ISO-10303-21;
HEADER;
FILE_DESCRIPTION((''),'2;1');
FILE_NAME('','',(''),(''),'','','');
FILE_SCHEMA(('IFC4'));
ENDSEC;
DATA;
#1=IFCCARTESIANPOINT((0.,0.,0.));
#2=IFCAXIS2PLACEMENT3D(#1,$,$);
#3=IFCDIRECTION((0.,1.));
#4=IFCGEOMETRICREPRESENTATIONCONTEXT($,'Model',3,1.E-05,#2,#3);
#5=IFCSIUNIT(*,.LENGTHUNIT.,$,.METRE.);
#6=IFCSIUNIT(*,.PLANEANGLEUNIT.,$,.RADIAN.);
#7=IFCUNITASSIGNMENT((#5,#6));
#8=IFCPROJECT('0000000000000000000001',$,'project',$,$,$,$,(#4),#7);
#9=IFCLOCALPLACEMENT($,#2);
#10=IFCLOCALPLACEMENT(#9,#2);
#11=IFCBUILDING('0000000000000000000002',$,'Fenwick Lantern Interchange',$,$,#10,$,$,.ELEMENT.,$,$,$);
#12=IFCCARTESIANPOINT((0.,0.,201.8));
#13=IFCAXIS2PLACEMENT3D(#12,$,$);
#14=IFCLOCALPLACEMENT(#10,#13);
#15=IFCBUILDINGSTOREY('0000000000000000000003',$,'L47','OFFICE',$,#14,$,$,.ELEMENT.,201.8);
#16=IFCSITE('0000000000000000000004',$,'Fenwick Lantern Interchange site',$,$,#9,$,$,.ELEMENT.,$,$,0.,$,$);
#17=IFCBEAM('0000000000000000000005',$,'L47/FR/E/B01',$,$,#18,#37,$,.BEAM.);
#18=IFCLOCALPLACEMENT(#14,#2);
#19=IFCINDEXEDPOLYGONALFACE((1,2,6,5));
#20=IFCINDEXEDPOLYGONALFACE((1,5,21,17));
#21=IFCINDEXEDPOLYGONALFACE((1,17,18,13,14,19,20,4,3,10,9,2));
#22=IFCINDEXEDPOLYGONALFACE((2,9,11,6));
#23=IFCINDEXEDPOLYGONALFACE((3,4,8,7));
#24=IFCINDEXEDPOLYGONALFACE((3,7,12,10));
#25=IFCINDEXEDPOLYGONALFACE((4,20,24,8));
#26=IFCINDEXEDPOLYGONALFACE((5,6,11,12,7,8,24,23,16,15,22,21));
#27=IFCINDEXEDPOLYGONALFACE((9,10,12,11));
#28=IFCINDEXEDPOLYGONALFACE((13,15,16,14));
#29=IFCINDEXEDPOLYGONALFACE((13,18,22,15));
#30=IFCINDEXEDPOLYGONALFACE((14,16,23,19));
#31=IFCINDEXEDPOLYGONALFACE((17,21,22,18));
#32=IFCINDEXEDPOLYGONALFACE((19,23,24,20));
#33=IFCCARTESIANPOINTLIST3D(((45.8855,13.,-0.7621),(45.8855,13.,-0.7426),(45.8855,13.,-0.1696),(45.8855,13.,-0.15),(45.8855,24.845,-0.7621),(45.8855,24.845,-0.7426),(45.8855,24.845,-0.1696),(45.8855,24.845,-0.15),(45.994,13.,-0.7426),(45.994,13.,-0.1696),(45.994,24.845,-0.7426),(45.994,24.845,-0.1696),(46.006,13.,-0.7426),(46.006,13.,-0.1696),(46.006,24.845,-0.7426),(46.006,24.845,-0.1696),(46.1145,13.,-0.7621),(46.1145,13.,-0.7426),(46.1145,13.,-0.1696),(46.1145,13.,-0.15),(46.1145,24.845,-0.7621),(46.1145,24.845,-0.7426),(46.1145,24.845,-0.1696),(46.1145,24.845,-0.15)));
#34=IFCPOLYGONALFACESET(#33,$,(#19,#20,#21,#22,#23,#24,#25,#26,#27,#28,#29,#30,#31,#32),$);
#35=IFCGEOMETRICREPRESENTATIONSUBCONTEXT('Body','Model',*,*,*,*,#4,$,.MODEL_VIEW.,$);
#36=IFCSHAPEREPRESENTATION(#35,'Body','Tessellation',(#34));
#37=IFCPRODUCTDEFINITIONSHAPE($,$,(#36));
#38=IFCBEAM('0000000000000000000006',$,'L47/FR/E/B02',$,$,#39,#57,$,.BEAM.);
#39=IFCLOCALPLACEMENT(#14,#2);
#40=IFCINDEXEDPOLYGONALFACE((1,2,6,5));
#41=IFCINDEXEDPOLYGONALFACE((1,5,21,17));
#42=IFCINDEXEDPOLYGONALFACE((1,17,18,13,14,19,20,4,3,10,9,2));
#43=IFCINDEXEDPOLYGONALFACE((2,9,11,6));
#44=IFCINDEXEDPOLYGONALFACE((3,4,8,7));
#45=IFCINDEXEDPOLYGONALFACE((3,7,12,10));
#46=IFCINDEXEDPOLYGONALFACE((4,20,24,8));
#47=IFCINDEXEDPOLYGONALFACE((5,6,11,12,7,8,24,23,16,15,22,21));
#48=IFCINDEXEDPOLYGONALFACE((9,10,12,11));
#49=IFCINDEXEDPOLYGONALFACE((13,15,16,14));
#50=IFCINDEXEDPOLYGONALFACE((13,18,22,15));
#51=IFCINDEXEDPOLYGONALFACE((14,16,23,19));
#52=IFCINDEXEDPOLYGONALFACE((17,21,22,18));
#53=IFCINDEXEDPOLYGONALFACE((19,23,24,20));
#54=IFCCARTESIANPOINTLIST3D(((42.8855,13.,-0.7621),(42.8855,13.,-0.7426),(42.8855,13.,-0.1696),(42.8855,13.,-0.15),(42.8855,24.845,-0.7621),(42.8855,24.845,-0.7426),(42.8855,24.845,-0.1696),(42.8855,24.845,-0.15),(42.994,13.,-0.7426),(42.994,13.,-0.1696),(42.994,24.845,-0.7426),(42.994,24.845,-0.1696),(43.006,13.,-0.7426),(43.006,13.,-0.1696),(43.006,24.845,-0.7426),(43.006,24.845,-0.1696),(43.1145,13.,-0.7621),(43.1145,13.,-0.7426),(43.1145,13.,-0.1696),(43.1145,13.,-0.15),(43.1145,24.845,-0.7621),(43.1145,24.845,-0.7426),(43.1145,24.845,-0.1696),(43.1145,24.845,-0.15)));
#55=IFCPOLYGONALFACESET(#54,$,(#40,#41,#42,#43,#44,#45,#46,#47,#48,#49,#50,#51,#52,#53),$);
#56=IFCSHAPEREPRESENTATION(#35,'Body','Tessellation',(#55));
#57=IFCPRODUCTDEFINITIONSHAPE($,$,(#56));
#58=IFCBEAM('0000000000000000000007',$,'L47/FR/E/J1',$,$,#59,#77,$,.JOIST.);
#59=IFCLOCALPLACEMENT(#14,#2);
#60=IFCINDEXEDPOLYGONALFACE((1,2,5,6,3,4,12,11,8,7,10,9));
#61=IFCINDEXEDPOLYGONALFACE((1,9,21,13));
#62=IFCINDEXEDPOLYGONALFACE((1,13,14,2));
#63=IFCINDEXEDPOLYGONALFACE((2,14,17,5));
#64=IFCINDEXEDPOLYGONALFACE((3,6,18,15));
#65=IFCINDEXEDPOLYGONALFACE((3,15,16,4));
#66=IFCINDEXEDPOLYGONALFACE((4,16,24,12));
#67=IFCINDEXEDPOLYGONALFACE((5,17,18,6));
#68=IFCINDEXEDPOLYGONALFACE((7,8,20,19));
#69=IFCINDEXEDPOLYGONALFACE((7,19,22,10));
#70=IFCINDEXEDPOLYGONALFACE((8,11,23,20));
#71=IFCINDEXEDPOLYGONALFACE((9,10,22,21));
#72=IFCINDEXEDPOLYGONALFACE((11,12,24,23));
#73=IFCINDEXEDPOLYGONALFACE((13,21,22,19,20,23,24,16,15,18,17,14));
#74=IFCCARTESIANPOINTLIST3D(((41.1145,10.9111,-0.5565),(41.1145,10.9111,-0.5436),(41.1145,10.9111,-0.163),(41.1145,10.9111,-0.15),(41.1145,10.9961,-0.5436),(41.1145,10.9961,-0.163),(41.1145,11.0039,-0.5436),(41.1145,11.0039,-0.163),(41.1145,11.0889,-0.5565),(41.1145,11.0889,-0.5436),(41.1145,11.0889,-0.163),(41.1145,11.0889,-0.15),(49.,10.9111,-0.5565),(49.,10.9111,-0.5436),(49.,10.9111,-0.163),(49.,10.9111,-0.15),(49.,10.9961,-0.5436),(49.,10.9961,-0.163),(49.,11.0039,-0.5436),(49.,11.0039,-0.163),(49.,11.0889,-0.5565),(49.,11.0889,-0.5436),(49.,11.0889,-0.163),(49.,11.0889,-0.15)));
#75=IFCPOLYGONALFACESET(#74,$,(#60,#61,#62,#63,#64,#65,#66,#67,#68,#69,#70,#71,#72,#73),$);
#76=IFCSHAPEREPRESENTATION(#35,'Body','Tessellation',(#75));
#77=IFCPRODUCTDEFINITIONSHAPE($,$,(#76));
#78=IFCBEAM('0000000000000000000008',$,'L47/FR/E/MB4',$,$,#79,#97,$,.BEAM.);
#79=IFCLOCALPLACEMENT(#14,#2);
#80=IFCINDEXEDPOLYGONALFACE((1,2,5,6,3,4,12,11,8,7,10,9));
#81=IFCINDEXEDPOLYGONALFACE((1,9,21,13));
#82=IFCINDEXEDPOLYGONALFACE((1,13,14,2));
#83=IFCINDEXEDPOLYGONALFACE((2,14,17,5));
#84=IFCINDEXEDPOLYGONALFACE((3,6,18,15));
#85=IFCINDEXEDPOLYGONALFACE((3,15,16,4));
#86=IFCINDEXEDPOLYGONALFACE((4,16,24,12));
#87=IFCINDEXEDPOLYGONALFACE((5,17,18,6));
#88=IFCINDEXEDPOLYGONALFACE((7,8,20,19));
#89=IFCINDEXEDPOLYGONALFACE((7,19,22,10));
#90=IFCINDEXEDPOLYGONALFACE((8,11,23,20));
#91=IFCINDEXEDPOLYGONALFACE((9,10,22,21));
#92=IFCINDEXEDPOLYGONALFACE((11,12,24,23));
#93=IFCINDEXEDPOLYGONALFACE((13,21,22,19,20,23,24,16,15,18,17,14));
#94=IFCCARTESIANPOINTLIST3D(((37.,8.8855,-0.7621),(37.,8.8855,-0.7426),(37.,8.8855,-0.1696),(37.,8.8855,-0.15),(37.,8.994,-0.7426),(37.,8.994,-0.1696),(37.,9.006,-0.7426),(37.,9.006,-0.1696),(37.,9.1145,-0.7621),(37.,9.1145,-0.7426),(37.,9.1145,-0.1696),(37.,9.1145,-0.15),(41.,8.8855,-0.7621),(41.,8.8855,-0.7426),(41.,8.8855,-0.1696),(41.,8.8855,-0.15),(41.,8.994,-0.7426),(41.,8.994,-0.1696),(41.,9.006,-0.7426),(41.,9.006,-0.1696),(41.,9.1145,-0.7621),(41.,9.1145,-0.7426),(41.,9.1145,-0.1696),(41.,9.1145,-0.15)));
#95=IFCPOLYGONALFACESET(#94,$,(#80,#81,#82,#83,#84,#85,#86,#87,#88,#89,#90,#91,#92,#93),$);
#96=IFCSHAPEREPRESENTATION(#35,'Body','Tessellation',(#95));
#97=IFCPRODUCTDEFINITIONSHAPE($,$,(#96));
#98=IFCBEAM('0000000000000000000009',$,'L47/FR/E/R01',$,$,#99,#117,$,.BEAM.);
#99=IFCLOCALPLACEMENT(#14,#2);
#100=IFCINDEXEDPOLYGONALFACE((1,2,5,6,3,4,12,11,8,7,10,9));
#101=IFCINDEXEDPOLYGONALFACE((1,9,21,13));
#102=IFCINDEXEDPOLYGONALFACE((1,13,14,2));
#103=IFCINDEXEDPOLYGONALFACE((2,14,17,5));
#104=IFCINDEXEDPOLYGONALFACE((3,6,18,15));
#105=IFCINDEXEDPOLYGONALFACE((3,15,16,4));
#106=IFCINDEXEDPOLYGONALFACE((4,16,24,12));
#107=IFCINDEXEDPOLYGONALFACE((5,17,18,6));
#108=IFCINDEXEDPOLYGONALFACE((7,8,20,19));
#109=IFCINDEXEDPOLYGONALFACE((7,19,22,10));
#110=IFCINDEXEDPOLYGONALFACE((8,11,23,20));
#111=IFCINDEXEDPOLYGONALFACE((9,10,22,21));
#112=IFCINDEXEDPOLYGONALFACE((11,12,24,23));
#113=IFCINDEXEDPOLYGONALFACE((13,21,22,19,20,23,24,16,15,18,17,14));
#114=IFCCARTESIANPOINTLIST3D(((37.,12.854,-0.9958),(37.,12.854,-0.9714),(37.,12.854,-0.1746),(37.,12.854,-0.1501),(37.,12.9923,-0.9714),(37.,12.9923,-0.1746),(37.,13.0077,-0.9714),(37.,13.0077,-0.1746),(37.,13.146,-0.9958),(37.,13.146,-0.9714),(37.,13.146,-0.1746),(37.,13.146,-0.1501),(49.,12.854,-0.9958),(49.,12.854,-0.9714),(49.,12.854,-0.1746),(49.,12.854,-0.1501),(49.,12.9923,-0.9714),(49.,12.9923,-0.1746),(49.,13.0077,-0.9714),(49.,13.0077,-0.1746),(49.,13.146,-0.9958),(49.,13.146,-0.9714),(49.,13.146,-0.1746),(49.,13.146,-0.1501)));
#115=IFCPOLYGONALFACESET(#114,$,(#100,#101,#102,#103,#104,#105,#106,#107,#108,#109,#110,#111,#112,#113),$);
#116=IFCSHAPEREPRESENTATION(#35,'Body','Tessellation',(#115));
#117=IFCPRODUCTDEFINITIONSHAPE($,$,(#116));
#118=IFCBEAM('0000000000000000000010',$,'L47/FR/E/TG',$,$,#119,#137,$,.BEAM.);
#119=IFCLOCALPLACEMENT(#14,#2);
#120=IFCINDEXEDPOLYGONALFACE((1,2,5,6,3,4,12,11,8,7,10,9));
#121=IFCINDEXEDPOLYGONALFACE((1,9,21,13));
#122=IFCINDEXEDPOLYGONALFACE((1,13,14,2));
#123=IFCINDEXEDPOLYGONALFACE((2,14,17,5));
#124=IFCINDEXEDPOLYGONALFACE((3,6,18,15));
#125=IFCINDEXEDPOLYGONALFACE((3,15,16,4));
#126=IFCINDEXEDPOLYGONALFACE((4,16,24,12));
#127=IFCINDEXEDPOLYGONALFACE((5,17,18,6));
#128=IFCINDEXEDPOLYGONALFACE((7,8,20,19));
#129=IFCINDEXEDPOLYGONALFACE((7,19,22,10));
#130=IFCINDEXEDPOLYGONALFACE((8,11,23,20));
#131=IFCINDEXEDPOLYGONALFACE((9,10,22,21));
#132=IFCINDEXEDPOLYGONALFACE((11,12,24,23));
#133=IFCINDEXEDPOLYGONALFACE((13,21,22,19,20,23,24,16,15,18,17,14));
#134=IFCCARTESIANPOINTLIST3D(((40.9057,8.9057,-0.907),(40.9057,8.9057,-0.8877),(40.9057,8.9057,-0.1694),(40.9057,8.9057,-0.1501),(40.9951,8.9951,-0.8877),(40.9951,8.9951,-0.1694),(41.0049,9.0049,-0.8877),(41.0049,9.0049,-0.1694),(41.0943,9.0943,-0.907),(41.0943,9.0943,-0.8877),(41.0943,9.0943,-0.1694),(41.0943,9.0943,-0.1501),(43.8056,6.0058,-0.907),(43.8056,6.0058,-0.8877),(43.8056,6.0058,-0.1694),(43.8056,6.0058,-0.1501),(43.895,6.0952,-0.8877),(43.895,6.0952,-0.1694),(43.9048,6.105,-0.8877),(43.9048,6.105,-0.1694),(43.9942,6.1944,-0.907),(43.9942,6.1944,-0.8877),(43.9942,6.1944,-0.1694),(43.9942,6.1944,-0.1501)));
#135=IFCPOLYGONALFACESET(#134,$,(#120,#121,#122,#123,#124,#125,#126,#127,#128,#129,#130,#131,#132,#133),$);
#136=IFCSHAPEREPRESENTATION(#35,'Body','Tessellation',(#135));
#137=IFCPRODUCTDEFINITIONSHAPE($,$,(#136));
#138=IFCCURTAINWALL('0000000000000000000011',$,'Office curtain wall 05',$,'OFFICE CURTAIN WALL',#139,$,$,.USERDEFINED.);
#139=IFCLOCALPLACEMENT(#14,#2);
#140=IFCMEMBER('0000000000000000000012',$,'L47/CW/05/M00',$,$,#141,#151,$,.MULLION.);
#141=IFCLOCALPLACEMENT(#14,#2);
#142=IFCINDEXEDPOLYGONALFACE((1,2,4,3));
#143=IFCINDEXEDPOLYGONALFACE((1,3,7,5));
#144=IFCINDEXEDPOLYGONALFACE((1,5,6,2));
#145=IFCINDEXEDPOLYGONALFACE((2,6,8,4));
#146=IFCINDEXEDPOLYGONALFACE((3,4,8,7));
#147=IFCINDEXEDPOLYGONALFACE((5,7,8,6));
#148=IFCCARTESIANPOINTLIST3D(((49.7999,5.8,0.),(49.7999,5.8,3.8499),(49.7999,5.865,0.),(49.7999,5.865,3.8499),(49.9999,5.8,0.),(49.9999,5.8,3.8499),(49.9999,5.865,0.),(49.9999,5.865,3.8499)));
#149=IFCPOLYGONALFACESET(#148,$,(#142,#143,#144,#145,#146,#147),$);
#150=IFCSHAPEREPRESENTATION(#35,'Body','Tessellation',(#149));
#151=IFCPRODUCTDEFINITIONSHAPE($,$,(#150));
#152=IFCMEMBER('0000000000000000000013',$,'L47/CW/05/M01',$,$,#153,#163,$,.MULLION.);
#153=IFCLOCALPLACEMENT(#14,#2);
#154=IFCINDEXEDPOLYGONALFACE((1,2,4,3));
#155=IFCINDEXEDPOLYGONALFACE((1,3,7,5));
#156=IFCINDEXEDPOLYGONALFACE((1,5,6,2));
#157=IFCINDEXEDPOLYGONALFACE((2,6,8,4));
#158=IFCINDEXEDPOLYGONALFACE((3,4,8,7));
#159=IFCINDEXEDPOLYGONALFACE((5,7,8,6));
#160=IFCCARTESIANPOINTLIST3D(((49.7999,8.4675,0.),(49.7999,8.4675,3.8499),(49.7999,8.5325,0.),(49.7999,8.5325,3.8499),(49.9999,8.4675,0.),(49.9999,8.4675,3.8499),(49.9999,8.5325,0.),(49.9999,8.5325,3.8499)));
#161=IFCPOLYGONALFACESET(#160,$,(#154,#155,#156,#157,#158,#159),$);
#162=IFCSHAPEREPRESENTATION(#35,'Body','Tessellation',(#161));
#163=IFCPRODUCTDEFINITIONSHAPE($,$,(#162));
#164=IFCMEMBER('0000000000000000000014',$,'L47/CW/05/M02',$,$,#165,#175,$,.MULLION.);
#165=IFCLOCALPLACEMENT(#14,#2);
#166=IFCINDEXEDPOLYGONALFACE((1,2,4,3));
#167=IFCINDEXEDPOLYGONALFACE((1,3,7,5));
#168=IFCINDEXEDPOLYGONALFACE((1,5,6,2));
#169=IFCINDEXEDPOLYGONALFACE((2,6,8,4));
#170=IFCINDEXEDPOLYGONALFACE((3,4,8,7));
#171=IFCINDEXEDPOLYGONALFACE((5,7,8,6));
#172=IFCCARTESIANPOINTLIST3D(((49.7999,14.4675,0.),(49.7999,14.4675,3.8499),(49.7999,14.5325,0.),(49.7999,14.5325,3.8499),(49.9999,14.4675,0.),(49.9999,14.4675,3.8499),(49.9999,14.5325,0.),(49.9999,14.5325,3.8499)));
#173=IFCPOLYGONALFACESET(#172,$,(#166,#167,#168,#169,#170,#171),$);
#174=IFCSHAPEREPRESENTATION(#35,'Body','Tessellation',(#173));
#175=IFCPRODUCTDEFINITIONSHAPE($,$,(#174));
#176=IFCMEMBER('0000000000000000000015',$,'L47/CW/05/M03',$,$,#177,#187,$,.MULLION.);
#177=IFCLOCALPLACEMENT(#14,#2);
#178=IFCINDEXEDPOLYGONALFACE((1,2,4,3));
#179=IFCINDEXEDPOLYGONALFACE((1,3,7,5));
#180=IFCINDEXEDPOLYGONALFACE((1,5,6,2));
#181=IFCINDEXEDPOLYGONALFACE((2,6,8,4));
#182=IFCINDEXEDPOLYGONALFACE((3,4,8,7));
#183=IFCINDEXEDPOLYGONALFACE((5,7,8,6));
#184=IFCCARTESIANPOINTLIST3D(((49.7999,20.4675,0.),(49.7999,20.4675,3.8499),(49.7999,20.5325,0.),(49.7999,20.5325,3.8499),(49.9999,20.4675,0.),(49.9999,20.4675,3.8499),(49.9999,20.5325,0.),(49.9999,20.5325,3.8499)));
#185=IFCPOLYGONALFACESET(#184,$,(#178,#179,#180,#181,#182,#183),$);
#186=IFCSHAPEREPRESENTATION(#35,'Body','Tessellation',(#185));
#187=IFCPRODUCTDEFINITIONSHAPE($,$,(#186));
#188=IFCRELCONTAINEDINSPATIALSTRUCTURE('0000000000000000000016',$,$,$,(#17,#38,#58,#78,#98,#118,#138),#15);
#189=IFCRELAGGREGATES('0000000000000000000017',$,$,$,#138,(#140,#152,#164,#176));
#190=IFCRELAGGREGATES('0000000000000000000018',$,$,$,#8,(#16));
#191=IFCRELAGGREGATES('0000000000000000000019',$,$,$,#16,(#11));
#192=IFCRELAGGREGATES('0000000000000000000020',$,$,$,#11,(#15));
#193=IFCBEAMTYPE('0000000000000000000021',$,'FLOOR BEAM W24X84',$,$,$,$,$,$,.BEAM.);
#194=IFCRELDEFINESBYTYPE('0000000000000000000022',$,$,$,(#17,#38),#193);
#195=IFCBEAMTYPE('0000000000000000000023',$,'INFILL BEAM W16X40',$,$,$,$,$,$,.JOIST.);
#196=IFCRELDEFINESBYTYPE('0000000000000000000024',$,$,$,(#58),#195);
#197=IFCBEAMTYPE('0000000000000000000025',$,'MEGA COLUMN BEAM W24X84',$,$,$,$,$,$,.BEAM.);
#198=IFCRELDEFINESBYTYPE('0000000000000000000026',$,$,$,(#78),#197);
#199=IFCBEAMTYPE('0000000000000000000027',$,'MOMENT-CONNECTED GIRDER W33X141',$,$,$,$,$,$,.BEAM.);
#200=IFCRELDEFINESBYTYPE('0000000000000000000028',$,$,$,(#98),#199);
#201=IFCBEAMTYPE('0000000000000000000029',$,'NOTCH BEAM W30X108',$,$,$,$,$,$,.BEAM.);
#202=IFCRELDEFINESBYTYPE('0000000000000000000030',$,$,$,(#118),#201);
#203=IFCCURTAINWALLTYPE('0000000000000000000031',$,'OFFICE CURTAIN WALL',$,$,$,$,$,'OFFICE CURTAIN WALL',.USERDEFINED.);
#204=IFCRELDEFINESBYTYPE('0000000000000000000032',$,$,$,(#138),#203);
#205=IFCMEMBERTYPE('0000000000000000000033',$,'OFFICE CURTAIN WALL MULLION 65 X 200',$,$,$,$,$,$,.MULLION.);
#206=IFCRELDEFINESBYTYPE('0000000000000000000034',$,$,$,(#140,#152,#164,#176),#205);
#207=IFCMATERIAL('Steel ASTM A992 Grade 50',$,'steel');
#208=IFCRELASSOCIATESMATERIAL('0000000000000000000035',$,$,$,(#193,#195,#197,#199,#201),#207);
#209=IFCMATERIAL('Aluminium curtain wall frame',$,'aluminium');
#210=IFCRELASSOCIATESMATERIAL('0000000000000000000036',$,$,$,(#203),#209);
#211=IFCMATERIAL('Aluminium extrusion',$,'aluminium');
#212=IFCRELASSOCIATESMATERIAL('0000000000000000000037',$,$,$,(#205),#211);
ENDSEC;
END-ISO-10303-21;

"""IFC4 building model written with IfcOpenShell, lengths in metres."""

from ifc_helpers import new_model, si_unit, direction, frame, origin, origin_2d, place, context, subcontext, project, spatial, rectangle, i_section, extrude, material, material_profile, profile_set, type_object, element, aggregate, save


model = new_model("IFC4")

# Units and contexts
model_context = context("Model", 3, precision=1e-05, world=origin(), true_north=direction((0.0, 1.0)))
body_context = subcontext(model_context, "Body", "Model", "MODEL_VIEW")
ifc_project = project(units=[si_unit("LENGTHUNIT", "METRE"), si_unit("PLANEANGLEUNIT", "RADIAN")], contexts=[model_context])

# Site, building, storey
site_placement = place(None, origin())
site = spatial("IfcSite", under=ifc_project, at=site_placement, Name="Fenwick Lantern Interchange site", CompositionType="ELEMENT", RefElevation=0.0)
building_placement = place(site_placement, origin())
building = spatial("IfcBuilding", under=site, at=building_placement, Name="Fenwick Lantern Interchange", CompositionType="ELEMENT")
storey_placement = place(building_placement, frame((0.0, 0.0, 201.8)))
storey = spatial("IfcBuildingStorey", under=building, at=storey_placement, Name="L47", Description="OFFICE", CompositionType="ELEMENT", Elevation=201.8)

# Shared definitions
ifc_material_1 = material(Name="Steel ASTM A992 Grade 50", Category="steel")

# Beams
ifc_material_profile_1 = material_profile(ifc_material_1, i_section(OverallWidth=0.229, OverallDepth=0.6121, WebThickness=0.012, FlangeThickness=0.0195, at=origin_2d()), Name="W24X84")
ifc_profile_set_1 = profile_set([ifc_material_profile_1], Name="Steel ASTM A992 Grade 50")
beam_type_1 = type_object("IfcBeamType", Name="FLOOR BEAM W24X84", PredefinedType="BEAM", material=ifc_profile_set_1)
for number, where, z_axis, x_axis, name in (
    (1, (46.0, 13.0, -0.4561), (0.0, 1.0, 0.0), (-1.0, 0.0, 0.0), "L47/FR/E/B01"),
    (2, (43.0, 13.0, -0.4561), (0.0, 1.0, 0.0), (-1.0, 0.0, 0.0), "L47/FR/E/B02"),
):
    element("IfcBeam", number, at=place(storey_placement, frame(where, z_axis=z_axis, x_axis=x_axis)), inside=storey, type_object=beam_type_1, Name=name, PredefinedType="BEAM", context=body_context, shape_type="SweptSolid", body=[
        extrude(i_section(OverallWidth=0.229, OverallDepth=0.6121, WebThickness=0.012, FlangeThickness=0.0195, at=origin_2d()), origin(), (0.0, 0.0, 1.0), 11.845),
    ])
ifc_material_profile_2 = material_profile(ifc_material_1, i_section(OverallWidth=0.1777, OverallDepth=0.4065, WebThickness=0.0078, FlangeThickness=0.0129, at=origin_2d()), Name="W16X40")
ifc_profile_set_2 = profile_set([ifc_material_profile_2], Name="Steel ASTM A992 Grade 50")
beam_type_2 = type_object("IfcBeamType", Name="INFILL BEAM W16X40", PredefinedType="JOIST", material=ifc_profile_set_2)
beam_1_placement = place(storey_placement, frame((49.0, 11.0, -0.3533), z_axis=(-1.0, 0.0, 0.0), x_axis=(0.0, -1.0, 0.0)))
element("IfcBeam", 3, at=beam_1_placement, inside=storey, type_object=beam_type_2, Name="L47/FR/E/J1", PredefinedType="JOIST", context=body_context, shape_type="SweptSolid", body=[
    extrude(i_section(OverallWidth=0.1777, OverallDepth=0.4065, WebThickness=0.0078, FlangeThickness=0.0129, at=origin_2d()), origin(), (0.0, 0.0, 1.0), 7.8855),
])
ifc_material_profile_3 = material_profile(ifc_material_1, i_section(OverallWidth=0.229, OverallDepth=0.6121, WebThickness=0.012, FlangeThickness=0.0195, at=origin_2d()), Name="W24X84")
ifc_profile_set_3 = profile_set([ifc_material_profile_3], Name="Steel ASTM A992 Grade 50")
beam_type_3 = type_object("IfcBeamType", Name="MEGA COLUMN BEAM W24X84", PredefinedType="BEAM", material=ifc_profile_set_3)
beam_2_placement = place(storey_placement, frame((41.0, 9.0, -0.4561), z_axis=(-1.0, 0.0, 0.0), x_axis=(0.0, -1.0, 0.0)))
element("IfcBeam", 4, at=beam_2_placement, inside=storey, type_object=beam_type_3, Name="L47/FR/E/MB4", PredefinedType="BEAM", context=body_context, shape_type="SweptSolid", body=[
    extrude(i_section(OverallWidth=0.229, OverallDepth=0.6121, WebThickness=0.012, FlangeThickness=0.0195, at=origin_2d()), origin(), (0.0, 0.0, 1.0), 4.0),
])
ifc_material_profile_4 = material_profile(ifc_material_1, i_section(OverallWidth=0.292, OverallDepth=0.8457, WebThickness=0.0154, FlangeThickness=0.0244, at=origin_2d()), Name="W33X141")
ifc_profile_set_4 = profile_set([ifc_material_profile_4], Name="Steel ASTM A992 Grade 50")
beam_type_4 = type_object("IfcBeamType", Name="MOMENT-CONNECTED GIRDER W33X141", PredefinedType="BEAM", material=ifc_profile_set_4)
beam_3_placement = place(storey_placement, frame((49.0, 13.0, -0.573), z_axis=(-1.0, 0.0, 0.0), x_axis=(0.0, -1.0, 0.0)))
element("IfcBeam", 5, at=beam_3_placement, inside=storey, type_object=beam_type_4, Name="L47/FR/E/R01", PredefinedType="BEAM", context=body_context, shape_type="SweptSolid", body=[
    extrude(i_section(OverallWidth=0.292, OverallDepth=0.8457, WebThickness=0.0154, FlangeThickness=0.0244, at=origin_2d()), origin(), (0.0, 0.0, 1.0), 12.0),
])
ifc_material_profile_5 = material_profile(ifc_material_1, i_section(OverallWidth=0.2666, OverallDepth=0.7568, WebThickness=0.0139, FlangeThickness=0.0193, at=origin_2d()), Name="W30X108")
ifc_profile_set_5 = profile_set([ifc_material_profile_5], Name="Steel ASTM A992 Grade 50")
beam_type_5 = type_object("IfcBeamType", Name="NOTCH BEAM W30X108", PredefinedType="BEAM", material=ifc_profile_set_5)
beam_4_placement = place(storey_placement, frame((41.0, 9.0, -0.5286), z_axis=(0.707107, -0.707107, 0.0), x_axis=(0.707107, 0.707107, 0.0)))
element("IfcBeam", 6, at=beam_4_placement, inside=storey, type_object=beam_type_5, Name="L47/FR/E/TG", PredefinedType="BEAM", context=body_context, shape_type="SweptSolid", body=[
    extrude(i_section(OverallWidth=0.2666, OverallDepth=0.7568, WebThickness=0.0139, FlangeThickness=0.0193, at=origin_2d()), origin(), (0.0, 0.0, 1.0), 4.1011),
])

# Curtain wall, members
ifc_material_2 = material(Name="Aluminium curtain wall frame", Category="aluminium")
curtain_wall_type = type_object("IfcCurtainWallType", Name="OFFICE CURTAIN WALL", ElementType="OFFICE CURTAIN WALL", PredefinedType="USERDEFINED", material=ifc_material_2)
curtain_wall_placement = place(storey_placement, origin())
curtain_wall = element("IfcCurtainWall", 7, at=curtain_wall_placement, inside=storey, type_object=curtain_wall_type, Name="Office curtain wall 05", ObjectType="OFFICE CURTAIN WALL", PredefinedType="USERDEFINED")
ifc_material_3 = material(Name="Aluminium extrusion", Category="aluminium")
ifc_material_profile_6 = material_profile(ifc_material_3, rectangle(XDim=0.2, YDim=0.0649, at=origin_2d()), Name="OFFICE CURTAIN WALL MULLION 65 X 200")
ifc_profile_set_6 = profile_set([ifc_material_profile_6], Name="Aluminium extrusion")
member_type_1 = type_object("IfcMemberType", Name="OFFICE CURTAIN WALL MULLION 65 X 200", PredefinedType="MULLION", material=ifc_profile_set_6)
member_1_placement = place(storey_placement, frame((49.8999, 5.8325, 0.0), z_axis=(0.0, 0.0, 1.0), x_axis=(-1.0, 0.0, 0.0)))
member_1 = element("IfcMember", 8, at=member_1_placement, type_object=member_type_1, Name="L47/CW/05/M00", PredefinedType="MULLION", context=body_context, shape_type="SweptSolid", body=[
    extrude(rectangle(XDim=0.2, YDim=0.0649, at=origin_2d()), origin(), (0.0, 0.0, 1.0), 3.8499),
])
member_2_placement = place(storey_placement, frame((49.8999, 8.5, 0.0), z_axis=(0.0, 0.0, 1.0), x_axis=(-1.0, 0.0, 0.0)))
member_2 = element("IfcMember", 9, at=member_2_placement, type_object=member_type_1, Name="L47/CW/05/M01", PredefinedType="MULLION", context=body_context, shape_type="SweptSolid", body=[
    extrude(rectangle(XDim=0.2, YDim=0.0649, at=origin_2d()), origin(), (0.0, 0.0, 1.0), 3.8499),
])
member_3_placement = place(storey_placement, frame((49.8999, 14.5, 0.0), z_axis=(0.0, 0.0, 1.0), x_axis=(-1.0, 0.0, 0.0)))
member_3 = element("IfcMember", 10, at=member_3_placement, type_object=member_type_1, Name="L47/CW/05/M02", PredefinedType="MULLION", context=body_context, shape_type="SweptSolid", body=[
    extrude(rectangle(XDim=0.2, YDim=0.0649, at=origin_2d()), origin(), (0.0, 0.0, 1.0), 3.8499),
])
member_4_placement = place(storey_placement, frame((49.8999, 20.5, 0.0), z_axis=(0.0, 0.0, 1.0), x_axis=(-1.0, 0.0, 0.0)))
member_4 = element("IfcMember", 11, at=member_4_placement, type_object=member_type_1, Name="L47/CW/05/M03", PredefinedType="MULLION", context=body_context, shape_type="SweptSolid", body=[
    extrude(rectangle(XDim=0.2, YDim=0.0649, at=origin_2d()), origin(), (0.0, 0.0, 1.0), 3.8499),
])
aggregate(curtain_wall, [member_1, member_2, member_3, member_4])

save(model, "model.ifc")
